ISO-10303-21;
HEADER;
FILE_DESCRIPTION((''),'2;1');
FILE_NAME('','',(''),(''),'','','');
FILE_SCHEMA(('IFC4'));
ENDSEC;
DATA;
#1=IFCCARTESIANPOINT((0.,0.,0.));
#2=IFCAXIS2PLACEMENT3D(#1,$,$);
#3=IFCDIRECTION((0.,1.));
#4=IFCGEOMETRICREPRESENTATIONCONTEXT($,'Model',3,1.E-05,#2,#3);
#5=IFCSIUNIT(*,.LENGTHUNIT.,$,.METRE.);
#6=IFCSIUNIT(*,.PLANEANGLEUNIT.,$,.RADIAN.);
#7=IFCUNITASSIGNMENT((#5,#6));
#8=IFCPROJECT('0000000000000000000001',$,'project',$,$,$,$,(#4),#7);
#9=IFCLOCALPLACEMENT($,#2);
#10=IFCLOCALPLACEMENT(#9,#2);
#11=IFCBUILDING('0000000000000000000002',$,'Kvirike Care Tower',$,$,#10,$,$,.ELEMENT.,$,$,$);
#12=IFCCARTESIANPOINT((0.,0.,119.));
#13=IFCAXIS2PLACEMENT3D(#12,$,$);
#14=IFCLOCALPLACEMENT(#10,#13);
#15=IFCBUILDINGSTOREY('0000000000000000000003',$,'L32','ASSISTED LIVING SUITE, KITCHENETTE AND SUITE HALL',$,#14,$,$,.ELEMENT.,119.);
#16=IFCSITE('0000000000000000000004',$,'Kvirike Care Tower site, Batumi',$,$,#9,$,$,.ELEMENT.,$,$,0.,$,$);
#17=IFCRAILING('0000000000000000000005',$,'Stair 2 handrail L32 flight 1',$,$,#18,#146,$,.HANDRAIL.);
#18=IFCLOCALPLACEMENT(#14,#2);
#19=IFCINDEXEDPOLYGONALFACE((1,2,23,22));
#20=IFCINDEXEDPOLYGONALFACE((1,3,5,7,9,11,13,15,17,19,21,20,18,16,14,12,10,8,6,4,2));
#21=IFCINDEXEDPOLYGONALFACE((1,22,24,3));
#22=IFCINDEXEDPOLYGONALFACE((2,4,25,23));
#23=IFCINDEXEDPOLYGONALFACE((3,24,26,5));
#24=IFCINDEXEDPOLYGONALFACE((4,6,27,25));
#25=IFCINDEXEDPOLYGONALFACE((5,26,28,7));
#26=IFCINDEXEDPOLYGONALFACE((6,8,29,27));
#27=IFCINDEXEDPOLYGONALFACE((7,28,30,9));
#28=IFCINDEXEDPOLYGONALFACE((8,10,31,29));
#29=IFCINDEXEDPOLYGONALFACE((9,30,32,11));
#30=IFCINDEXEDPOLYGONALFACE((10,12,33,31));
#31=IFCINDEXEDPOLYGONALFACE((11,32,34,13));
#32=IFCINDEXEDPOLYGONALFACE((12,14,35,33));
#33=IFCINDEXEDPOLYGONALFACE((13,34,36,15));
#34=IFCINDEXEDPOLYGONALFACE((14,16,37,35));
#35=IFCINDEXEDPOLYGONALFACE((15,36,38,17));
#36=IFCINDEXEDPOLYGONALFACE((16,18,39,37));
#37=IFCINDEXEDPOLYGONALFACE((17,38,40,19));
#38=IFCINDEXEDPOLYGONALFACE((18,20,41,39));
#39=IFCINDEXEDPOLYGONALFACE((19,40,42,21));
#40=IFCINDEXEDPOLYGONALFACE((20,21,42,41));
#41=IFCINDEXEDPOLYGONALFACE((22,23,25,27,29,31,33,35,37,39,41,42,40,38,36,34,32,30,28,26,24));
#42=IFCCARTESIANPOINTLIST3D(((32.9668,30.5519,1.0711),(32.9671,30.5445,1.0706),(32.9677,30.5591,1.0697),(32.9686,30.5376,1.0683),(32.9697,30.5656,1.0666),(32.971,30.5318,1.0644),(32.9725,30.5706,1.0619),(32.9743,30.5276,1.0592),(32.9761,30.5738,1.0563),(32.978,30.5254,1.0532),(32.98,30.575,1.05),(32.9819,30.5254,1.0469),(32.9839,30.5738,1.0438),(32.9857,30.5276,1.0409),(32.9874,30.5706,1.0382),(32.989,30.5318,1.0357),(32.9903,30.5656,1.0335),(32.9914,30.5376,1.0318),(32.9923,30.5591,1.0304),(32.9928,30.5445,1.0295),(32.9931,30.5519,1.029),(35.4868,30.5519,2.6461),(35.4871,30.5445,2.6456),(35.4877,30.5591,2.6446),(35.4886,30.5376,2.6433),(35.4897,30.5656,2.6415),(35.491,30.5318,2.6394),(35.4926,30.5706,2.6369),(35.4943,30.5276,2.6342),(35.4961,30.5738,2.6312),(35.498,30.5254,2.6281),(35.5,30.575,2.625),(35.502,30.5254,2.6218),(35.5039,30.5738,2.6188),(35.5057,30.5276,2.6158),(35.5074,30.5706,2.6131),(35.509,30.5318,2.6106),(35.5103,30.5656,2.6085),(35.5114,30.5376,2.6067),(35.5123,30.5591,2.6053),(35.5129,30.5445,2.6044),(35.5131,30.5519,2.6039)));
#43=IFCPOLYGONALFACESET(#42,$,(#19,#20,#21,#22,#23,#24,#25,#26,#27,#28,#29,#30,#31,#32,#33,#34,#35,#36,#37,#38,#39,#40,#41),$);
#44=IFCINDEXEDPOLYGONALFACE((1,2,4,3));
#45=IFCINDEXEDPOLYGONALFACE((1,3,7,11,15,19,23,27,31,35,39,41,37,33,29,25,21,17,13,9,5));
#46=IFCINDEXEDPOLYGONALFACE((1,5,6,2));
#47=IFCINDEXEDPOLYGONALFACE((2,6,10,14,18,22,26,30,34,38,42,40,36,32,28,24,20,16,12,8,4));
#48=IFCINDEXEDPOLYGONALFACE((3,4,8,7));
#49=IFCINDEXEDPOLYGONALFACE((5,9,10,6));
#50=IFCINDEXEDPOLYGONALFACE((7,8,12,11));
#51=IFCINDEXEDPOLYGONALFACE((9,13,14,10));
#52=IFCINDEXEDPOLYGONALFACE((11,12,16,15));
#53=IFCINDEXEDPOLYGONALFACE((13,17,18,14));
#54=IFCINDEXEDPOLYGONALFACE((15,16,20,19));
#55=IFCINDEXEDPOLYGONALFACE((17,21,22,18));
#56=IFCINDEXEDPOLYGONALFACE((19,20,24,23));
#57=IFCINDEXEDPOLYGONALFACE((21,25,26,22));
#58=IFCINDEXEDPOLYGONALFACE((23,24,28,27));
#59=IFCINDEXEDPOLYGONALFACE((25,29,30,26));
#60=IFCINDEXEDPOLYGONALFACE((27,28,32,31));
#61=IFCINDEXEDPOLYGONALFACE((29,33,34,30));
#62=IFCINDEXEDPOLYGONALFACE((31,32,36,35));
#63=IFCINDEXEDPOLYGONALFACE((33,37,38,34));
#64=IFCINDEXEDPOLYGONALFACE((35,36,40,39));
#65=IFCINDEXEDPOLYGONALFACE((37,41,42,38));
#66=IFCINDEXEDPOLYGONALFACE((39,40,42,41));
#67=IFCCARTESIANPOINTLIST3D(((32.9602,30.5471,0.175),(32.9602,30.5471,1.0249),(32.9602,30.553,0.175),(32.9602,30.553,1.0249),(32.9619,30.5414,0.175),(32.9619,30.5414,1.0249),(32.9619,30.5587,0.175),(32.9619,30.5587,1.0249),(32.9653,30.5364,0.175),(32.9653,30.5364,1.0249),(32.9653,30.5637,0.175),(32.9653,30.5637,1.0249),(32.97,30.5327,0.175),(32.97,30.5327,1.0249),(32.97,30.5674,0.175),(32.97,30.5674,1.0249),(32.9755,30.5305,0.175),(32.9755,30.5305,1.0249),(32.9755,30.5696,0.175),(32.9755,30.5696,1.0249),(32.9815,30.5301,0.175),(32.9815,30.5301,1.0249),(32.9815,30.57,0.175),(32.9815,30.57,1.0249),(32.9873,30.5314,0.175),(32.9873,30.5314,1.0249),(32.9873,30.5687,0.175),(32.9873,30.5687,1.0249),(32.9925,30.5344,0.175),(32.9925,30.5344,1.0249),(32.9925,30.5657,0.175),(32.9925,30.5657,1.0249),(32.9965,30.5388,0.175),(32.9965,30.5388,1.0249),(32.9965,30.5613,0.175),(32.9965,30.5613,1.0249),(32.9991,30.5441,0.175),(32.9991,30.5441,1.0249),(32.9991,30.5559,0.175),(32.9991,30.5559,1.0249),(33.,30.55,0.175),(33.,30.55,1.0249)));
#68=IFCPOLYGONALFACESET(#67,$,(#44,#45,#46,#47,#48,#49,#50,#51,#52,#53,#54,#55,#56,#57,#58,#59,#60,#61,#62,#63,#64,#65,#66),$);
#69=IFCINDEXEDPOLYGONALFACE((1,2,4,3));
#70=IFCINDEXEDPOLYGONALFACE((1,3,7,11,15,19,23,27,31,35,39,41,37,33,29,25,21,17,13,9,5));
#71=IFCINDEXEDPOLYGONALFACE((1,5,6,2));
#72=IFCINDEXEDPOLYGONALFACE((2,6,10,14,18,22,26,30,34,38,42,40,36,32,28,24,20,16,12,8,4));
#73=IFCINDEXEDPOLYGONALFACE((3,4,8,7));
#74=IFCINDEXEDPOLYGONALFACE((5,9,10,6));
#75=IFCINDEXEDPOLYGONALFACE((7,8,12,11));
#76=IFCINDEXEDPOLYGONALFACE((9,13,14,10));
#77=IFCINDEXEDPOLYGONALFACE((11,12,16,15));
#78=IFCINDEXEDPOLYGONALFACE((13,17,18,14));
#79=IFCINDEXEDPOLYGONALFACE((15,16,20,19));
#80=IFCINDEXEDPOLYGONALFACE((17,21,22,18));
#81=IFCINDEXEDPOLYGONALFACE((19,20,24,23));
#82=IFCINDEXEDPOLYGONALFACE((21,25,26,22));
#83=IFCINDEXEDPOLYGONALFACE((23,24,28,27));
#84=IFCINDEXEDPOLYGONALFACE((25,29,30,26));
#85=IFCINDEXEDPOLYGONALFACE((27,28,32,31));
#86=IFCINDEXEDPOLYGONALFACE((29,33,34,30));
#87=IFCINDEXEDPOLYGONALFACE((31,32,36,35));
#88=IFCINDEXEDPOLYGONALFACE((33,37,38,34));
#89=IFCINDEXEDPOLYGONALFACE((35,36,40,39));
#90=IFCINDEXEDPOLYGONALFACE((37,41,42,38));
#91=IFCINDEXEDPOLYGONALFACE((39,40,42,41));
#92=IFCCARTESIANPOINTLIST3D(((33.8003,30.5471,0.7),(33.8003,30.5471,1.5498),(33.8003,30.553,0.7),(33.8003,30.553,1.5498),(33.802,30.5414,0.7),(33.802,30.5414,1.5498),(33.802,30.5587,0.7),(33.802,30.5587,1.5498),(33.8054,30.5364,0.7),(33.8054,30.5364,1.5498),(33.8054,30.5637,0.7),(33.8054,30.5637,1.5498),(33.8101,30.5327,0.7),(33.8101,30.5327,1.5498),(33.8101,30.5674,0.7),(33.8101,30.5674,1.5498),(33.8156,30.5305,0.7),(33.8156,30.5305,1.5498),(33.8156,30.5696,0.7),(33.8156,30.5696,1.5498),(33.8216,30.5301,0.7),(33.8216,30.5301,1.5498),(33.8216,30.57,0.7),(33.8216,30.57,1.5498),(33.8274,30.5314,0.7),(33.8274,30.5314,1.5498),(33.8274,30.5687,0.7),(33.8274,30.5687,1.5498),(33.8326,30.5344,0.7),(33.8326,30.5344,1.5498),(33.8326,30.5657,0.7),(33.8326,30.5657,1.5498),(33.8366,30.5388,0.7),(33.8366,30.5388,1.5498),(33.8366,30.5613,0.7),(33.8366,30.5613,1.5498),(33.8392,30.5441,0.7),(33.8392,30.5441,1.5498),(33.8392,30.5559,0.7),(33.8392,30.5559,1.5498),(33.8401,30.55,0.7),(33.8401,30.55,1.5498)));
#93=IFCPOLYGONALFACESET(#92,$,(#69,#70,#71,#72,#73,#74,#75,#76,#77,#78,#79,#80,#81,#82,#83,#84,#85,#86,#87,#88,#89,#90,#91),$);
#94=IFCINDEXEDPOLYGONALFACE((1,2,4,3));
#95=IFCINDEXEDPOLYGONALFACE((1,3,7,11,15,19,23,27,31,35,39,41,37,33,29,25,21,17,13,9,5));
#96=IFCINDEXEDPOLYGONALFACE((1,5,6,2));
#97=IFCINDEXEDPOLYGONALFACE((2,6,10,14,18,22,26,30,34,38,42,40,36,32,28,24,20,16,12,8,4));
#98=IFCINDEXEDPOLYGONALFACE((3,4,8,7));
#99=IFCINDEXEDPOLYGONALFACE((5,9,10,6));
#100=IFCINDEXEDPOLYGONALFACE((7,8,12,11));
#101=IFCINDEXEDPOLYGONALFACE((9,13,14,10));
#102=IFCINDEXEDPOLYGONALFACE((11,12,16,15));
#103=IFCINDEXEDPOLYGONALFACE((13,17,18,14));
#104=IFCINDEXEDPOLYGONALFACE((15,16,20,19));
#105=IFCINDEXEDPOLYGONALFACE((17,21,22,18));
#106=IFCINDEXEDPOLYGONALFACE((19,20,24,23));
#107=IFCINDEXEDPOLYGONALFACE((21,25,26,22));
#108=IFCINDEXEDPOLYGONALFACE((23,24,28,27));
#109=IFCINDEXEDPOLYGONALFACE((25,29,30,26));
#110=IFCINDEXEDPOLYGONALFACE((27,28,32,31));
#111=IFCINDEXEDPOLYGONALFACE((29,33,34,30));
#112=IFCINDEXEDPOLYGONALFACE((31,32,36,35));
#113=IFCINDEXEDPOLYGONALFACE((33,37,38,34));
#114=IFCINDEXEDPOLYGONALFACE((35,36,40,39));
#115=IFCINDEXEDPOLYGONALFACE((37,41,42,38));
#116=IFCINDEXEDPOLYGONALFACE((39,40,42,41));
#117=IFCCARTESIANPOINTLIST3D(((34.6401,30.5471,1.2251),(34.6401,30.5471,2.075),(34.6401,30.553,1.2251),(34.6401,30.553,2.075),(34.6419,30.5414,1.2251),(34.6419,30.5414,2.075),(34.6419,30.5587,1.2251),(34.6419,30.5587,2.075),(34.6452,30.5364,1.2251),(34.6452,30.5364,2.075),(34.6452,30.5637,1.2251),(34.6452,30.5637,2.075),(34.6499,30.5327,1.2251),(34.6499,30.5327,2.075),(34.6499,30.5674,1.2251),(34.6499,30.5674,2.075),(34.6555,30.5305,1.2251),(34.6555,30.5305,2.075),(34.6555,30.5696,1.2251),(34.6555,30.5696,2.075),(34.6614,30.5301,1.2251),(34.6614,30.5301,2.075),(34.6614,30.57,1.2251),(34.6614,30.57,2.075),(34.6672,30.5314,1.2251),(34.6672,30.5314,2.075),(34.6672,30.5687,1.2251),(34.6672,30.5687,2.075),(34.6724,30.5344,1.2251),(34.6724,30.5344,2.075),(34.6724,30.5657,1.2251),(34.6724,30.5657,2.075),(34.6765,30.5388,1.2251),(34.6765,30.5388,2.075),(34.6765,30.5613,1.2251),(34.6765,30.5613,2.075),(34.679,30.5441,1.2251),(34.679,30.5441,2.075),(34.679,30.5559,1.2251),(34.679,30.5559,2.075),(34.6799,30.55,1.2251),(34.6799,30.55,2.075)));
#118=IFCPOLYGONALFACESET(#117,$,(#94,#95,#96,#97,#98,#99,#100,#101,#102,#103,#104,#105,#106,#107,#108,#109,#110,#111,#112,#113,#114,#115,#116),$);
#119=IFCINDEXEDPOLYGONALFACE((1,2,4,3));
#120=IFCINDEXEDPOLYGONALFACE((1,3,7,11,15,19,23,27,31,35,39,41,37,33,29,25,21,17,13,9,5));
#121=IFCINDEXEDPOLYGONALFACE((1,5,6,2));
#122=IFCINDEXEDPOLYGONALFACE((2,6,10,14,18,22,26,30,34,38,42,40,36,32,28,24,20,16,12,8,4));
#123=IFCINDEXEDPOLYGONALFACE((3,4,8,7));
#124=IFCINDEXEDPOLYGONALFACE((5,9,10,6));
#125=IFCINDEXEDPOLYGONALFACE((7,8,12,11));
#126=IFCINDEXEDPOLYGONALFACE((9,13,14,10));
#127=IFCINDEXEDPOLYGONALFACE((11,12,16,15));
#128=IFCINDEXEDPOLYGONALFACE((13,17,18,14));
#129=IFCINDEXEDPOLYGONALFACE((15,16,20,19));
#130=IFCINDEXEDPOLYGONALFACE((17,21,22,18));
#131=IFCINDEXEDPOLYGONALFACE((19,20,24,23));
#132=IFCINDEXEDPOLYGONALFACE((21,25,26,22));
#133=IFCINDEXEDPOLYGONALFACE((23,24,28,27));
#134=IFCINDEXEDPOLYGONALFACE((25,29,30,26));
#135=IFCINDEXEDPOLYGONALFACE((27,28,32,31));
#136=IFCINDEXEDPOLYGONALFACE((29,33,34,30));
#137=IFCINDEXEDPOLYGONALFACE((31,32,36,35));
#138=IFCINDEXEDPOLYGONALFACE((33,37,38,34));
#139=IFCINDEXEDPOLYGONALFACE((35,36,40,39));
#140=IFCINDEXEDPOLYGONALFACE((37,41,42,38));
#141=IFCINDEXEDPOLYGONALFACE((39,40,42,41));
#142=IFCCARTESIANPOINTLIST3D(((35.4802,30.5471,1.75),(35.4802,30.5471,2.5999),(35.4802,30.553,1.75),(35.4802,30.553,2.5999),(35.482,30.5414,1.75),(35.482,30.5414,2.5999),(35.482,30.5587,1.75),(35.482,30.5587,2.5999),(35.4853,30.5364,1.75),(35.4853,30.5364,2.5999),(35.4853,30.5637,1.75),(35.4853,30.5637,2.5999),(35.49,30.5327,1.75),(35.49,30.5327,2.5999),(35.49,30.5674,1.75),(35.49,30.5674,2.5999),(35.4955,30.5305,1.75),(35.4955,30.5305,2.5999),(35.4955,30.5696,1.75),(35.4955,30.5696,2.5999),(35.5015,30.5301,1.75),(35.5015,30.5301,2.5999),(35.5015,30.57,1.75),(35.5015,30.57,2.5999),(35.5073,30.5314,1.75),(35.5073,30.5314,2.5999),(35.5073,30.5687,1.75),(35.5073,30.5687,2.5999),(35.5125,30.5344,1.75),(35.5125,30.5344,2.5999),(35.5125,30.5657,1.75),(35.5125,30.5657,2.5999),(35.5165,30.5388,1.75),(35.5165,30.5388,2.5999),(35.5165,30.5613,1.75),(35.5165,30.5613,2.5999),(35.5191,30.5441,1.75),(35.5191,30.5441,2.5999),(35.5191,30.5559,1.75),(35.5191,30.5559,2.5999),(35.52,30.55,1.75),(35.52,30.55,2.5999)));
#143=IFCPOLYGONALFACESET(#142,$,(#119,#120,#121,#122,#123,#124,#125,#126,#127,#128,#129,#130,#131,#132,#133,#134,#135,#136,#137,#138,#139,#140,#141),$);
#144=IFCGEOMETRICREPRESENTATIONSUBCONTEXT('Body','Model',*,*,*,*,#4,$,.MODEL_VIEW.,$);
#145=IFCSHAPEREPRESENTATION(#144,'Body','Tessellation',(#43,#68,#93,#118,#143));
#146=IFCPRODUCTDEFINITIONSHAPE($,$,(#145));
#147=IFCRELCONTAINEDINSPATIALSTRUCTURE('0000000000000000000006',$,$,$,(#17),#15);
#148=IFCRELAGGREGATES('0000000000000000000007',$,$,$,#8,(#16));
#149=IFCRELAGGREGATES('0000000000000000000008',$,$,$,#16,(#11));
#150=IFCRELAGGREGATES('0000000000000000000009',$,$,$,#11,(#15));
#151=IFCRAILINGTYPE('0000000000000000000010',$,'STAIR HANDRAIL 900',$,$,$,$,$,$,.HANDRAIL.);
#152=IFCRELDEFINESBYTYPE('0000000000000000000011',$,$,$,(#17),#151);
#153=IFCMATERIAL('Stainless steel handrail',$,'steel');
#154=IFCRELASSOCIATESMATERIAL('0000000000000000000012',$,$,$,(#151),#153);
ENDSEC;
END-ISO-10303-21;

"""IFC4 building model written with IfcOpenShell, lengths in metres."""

from ifc_helpers import new_model, si_unit, direction, frame, origin, origin_2d, place, context, subcontext, project, spatial, circle, extrude, material, type_object, element, save


model = new_model("IFC4")

# Units and contexts
model_context = context("Model", 3, precision=1e-05, world=origin(), true_north=direction((0.0, 1.0)))
body_context = subcontext(model_context, "Body", "Model", "MODEL_VIEW")
ifc_project = project(units=[si_unit("LENGTHUNIT", "METRE"), si_unit("PLANEANGLEUNIT", "RADIAN")], contexts=[model_context])

# Site, building, storey
site_placement = place(None, origin())
site = spatial("IfcSite", under=ifc_project, at=site_placement, Name="Kvirike Care Tower site, Batumi", CompositionType="ELEMENT", RefElevation=0.0)
building_placement = place(site_placement, origin())
building = spatial("IfcBuilding", under=site, at=building_placement, Name="Kvirike Care Tower", CompositionType="ELEMENT")
storey_placement = place(building_placement, frame((0.0, 0.0, 119.0)))
storey = spatial("IfcBuildingStorey", under=building, at=storey_placement, Name="L32", Description="ASSISTED LIVING SUITE, KITCHENETTE AND SUITE HALL", CompositionType="ELEMENT", Elevation=119.0)

# Railing
ifc_material_1 = material(Name="Stainless steel handrail", Category="steel")
railing_type = type_object("IfcRailingType", Name="STAIR HANDRAIL 900", PredefinedType="HANDRAIL", material=ifc_material_1)
railing_1_placement = place(storey_placement, frame((32.98, 30.55, 0.175)))
element("IfcRailing", 1, at=railing_1_placement, inside=storey, type_object=railing_type, Name="Stair 2 handrail L32 flight 1", PredefinedType="HANDRAIL", context=body_context, shape_type="SweptSolid", body=[
    extrude(circle(Radius=0.0249, at=origin_2d()), frame((0.0, 0.0, 0.875), z_axis=(0.848008, 0.0, 0.529984), x_axis=(0.0, 1.0, 0.0)), (0.0, 0.0, 1.0), 2.9717),
    extrude(circle(Radius=0.02, at=origin_2d()), origin(), (0.0, 0.0, 1.0), 0.8499),
    extrude(circle(Radius=0.02, at=origin_2d()), frame((0.8401, 0.0, 0.5249)), (0.0, 0.0, 1.0), 0.8499),
    extrude(circle(Radius=0.02, at=origin_2d()), frame((1.6799, 0.0, 1.05)), (0.0, 0.0, 1.0), 0.8499),
    extrude(circle(Radius=0.02, at=origin_2d()), frame((2.52, 0.0, 1.575)), (0.0, 0.0, 1.0), 0.8499),
])

save(model, "model.ifc")
